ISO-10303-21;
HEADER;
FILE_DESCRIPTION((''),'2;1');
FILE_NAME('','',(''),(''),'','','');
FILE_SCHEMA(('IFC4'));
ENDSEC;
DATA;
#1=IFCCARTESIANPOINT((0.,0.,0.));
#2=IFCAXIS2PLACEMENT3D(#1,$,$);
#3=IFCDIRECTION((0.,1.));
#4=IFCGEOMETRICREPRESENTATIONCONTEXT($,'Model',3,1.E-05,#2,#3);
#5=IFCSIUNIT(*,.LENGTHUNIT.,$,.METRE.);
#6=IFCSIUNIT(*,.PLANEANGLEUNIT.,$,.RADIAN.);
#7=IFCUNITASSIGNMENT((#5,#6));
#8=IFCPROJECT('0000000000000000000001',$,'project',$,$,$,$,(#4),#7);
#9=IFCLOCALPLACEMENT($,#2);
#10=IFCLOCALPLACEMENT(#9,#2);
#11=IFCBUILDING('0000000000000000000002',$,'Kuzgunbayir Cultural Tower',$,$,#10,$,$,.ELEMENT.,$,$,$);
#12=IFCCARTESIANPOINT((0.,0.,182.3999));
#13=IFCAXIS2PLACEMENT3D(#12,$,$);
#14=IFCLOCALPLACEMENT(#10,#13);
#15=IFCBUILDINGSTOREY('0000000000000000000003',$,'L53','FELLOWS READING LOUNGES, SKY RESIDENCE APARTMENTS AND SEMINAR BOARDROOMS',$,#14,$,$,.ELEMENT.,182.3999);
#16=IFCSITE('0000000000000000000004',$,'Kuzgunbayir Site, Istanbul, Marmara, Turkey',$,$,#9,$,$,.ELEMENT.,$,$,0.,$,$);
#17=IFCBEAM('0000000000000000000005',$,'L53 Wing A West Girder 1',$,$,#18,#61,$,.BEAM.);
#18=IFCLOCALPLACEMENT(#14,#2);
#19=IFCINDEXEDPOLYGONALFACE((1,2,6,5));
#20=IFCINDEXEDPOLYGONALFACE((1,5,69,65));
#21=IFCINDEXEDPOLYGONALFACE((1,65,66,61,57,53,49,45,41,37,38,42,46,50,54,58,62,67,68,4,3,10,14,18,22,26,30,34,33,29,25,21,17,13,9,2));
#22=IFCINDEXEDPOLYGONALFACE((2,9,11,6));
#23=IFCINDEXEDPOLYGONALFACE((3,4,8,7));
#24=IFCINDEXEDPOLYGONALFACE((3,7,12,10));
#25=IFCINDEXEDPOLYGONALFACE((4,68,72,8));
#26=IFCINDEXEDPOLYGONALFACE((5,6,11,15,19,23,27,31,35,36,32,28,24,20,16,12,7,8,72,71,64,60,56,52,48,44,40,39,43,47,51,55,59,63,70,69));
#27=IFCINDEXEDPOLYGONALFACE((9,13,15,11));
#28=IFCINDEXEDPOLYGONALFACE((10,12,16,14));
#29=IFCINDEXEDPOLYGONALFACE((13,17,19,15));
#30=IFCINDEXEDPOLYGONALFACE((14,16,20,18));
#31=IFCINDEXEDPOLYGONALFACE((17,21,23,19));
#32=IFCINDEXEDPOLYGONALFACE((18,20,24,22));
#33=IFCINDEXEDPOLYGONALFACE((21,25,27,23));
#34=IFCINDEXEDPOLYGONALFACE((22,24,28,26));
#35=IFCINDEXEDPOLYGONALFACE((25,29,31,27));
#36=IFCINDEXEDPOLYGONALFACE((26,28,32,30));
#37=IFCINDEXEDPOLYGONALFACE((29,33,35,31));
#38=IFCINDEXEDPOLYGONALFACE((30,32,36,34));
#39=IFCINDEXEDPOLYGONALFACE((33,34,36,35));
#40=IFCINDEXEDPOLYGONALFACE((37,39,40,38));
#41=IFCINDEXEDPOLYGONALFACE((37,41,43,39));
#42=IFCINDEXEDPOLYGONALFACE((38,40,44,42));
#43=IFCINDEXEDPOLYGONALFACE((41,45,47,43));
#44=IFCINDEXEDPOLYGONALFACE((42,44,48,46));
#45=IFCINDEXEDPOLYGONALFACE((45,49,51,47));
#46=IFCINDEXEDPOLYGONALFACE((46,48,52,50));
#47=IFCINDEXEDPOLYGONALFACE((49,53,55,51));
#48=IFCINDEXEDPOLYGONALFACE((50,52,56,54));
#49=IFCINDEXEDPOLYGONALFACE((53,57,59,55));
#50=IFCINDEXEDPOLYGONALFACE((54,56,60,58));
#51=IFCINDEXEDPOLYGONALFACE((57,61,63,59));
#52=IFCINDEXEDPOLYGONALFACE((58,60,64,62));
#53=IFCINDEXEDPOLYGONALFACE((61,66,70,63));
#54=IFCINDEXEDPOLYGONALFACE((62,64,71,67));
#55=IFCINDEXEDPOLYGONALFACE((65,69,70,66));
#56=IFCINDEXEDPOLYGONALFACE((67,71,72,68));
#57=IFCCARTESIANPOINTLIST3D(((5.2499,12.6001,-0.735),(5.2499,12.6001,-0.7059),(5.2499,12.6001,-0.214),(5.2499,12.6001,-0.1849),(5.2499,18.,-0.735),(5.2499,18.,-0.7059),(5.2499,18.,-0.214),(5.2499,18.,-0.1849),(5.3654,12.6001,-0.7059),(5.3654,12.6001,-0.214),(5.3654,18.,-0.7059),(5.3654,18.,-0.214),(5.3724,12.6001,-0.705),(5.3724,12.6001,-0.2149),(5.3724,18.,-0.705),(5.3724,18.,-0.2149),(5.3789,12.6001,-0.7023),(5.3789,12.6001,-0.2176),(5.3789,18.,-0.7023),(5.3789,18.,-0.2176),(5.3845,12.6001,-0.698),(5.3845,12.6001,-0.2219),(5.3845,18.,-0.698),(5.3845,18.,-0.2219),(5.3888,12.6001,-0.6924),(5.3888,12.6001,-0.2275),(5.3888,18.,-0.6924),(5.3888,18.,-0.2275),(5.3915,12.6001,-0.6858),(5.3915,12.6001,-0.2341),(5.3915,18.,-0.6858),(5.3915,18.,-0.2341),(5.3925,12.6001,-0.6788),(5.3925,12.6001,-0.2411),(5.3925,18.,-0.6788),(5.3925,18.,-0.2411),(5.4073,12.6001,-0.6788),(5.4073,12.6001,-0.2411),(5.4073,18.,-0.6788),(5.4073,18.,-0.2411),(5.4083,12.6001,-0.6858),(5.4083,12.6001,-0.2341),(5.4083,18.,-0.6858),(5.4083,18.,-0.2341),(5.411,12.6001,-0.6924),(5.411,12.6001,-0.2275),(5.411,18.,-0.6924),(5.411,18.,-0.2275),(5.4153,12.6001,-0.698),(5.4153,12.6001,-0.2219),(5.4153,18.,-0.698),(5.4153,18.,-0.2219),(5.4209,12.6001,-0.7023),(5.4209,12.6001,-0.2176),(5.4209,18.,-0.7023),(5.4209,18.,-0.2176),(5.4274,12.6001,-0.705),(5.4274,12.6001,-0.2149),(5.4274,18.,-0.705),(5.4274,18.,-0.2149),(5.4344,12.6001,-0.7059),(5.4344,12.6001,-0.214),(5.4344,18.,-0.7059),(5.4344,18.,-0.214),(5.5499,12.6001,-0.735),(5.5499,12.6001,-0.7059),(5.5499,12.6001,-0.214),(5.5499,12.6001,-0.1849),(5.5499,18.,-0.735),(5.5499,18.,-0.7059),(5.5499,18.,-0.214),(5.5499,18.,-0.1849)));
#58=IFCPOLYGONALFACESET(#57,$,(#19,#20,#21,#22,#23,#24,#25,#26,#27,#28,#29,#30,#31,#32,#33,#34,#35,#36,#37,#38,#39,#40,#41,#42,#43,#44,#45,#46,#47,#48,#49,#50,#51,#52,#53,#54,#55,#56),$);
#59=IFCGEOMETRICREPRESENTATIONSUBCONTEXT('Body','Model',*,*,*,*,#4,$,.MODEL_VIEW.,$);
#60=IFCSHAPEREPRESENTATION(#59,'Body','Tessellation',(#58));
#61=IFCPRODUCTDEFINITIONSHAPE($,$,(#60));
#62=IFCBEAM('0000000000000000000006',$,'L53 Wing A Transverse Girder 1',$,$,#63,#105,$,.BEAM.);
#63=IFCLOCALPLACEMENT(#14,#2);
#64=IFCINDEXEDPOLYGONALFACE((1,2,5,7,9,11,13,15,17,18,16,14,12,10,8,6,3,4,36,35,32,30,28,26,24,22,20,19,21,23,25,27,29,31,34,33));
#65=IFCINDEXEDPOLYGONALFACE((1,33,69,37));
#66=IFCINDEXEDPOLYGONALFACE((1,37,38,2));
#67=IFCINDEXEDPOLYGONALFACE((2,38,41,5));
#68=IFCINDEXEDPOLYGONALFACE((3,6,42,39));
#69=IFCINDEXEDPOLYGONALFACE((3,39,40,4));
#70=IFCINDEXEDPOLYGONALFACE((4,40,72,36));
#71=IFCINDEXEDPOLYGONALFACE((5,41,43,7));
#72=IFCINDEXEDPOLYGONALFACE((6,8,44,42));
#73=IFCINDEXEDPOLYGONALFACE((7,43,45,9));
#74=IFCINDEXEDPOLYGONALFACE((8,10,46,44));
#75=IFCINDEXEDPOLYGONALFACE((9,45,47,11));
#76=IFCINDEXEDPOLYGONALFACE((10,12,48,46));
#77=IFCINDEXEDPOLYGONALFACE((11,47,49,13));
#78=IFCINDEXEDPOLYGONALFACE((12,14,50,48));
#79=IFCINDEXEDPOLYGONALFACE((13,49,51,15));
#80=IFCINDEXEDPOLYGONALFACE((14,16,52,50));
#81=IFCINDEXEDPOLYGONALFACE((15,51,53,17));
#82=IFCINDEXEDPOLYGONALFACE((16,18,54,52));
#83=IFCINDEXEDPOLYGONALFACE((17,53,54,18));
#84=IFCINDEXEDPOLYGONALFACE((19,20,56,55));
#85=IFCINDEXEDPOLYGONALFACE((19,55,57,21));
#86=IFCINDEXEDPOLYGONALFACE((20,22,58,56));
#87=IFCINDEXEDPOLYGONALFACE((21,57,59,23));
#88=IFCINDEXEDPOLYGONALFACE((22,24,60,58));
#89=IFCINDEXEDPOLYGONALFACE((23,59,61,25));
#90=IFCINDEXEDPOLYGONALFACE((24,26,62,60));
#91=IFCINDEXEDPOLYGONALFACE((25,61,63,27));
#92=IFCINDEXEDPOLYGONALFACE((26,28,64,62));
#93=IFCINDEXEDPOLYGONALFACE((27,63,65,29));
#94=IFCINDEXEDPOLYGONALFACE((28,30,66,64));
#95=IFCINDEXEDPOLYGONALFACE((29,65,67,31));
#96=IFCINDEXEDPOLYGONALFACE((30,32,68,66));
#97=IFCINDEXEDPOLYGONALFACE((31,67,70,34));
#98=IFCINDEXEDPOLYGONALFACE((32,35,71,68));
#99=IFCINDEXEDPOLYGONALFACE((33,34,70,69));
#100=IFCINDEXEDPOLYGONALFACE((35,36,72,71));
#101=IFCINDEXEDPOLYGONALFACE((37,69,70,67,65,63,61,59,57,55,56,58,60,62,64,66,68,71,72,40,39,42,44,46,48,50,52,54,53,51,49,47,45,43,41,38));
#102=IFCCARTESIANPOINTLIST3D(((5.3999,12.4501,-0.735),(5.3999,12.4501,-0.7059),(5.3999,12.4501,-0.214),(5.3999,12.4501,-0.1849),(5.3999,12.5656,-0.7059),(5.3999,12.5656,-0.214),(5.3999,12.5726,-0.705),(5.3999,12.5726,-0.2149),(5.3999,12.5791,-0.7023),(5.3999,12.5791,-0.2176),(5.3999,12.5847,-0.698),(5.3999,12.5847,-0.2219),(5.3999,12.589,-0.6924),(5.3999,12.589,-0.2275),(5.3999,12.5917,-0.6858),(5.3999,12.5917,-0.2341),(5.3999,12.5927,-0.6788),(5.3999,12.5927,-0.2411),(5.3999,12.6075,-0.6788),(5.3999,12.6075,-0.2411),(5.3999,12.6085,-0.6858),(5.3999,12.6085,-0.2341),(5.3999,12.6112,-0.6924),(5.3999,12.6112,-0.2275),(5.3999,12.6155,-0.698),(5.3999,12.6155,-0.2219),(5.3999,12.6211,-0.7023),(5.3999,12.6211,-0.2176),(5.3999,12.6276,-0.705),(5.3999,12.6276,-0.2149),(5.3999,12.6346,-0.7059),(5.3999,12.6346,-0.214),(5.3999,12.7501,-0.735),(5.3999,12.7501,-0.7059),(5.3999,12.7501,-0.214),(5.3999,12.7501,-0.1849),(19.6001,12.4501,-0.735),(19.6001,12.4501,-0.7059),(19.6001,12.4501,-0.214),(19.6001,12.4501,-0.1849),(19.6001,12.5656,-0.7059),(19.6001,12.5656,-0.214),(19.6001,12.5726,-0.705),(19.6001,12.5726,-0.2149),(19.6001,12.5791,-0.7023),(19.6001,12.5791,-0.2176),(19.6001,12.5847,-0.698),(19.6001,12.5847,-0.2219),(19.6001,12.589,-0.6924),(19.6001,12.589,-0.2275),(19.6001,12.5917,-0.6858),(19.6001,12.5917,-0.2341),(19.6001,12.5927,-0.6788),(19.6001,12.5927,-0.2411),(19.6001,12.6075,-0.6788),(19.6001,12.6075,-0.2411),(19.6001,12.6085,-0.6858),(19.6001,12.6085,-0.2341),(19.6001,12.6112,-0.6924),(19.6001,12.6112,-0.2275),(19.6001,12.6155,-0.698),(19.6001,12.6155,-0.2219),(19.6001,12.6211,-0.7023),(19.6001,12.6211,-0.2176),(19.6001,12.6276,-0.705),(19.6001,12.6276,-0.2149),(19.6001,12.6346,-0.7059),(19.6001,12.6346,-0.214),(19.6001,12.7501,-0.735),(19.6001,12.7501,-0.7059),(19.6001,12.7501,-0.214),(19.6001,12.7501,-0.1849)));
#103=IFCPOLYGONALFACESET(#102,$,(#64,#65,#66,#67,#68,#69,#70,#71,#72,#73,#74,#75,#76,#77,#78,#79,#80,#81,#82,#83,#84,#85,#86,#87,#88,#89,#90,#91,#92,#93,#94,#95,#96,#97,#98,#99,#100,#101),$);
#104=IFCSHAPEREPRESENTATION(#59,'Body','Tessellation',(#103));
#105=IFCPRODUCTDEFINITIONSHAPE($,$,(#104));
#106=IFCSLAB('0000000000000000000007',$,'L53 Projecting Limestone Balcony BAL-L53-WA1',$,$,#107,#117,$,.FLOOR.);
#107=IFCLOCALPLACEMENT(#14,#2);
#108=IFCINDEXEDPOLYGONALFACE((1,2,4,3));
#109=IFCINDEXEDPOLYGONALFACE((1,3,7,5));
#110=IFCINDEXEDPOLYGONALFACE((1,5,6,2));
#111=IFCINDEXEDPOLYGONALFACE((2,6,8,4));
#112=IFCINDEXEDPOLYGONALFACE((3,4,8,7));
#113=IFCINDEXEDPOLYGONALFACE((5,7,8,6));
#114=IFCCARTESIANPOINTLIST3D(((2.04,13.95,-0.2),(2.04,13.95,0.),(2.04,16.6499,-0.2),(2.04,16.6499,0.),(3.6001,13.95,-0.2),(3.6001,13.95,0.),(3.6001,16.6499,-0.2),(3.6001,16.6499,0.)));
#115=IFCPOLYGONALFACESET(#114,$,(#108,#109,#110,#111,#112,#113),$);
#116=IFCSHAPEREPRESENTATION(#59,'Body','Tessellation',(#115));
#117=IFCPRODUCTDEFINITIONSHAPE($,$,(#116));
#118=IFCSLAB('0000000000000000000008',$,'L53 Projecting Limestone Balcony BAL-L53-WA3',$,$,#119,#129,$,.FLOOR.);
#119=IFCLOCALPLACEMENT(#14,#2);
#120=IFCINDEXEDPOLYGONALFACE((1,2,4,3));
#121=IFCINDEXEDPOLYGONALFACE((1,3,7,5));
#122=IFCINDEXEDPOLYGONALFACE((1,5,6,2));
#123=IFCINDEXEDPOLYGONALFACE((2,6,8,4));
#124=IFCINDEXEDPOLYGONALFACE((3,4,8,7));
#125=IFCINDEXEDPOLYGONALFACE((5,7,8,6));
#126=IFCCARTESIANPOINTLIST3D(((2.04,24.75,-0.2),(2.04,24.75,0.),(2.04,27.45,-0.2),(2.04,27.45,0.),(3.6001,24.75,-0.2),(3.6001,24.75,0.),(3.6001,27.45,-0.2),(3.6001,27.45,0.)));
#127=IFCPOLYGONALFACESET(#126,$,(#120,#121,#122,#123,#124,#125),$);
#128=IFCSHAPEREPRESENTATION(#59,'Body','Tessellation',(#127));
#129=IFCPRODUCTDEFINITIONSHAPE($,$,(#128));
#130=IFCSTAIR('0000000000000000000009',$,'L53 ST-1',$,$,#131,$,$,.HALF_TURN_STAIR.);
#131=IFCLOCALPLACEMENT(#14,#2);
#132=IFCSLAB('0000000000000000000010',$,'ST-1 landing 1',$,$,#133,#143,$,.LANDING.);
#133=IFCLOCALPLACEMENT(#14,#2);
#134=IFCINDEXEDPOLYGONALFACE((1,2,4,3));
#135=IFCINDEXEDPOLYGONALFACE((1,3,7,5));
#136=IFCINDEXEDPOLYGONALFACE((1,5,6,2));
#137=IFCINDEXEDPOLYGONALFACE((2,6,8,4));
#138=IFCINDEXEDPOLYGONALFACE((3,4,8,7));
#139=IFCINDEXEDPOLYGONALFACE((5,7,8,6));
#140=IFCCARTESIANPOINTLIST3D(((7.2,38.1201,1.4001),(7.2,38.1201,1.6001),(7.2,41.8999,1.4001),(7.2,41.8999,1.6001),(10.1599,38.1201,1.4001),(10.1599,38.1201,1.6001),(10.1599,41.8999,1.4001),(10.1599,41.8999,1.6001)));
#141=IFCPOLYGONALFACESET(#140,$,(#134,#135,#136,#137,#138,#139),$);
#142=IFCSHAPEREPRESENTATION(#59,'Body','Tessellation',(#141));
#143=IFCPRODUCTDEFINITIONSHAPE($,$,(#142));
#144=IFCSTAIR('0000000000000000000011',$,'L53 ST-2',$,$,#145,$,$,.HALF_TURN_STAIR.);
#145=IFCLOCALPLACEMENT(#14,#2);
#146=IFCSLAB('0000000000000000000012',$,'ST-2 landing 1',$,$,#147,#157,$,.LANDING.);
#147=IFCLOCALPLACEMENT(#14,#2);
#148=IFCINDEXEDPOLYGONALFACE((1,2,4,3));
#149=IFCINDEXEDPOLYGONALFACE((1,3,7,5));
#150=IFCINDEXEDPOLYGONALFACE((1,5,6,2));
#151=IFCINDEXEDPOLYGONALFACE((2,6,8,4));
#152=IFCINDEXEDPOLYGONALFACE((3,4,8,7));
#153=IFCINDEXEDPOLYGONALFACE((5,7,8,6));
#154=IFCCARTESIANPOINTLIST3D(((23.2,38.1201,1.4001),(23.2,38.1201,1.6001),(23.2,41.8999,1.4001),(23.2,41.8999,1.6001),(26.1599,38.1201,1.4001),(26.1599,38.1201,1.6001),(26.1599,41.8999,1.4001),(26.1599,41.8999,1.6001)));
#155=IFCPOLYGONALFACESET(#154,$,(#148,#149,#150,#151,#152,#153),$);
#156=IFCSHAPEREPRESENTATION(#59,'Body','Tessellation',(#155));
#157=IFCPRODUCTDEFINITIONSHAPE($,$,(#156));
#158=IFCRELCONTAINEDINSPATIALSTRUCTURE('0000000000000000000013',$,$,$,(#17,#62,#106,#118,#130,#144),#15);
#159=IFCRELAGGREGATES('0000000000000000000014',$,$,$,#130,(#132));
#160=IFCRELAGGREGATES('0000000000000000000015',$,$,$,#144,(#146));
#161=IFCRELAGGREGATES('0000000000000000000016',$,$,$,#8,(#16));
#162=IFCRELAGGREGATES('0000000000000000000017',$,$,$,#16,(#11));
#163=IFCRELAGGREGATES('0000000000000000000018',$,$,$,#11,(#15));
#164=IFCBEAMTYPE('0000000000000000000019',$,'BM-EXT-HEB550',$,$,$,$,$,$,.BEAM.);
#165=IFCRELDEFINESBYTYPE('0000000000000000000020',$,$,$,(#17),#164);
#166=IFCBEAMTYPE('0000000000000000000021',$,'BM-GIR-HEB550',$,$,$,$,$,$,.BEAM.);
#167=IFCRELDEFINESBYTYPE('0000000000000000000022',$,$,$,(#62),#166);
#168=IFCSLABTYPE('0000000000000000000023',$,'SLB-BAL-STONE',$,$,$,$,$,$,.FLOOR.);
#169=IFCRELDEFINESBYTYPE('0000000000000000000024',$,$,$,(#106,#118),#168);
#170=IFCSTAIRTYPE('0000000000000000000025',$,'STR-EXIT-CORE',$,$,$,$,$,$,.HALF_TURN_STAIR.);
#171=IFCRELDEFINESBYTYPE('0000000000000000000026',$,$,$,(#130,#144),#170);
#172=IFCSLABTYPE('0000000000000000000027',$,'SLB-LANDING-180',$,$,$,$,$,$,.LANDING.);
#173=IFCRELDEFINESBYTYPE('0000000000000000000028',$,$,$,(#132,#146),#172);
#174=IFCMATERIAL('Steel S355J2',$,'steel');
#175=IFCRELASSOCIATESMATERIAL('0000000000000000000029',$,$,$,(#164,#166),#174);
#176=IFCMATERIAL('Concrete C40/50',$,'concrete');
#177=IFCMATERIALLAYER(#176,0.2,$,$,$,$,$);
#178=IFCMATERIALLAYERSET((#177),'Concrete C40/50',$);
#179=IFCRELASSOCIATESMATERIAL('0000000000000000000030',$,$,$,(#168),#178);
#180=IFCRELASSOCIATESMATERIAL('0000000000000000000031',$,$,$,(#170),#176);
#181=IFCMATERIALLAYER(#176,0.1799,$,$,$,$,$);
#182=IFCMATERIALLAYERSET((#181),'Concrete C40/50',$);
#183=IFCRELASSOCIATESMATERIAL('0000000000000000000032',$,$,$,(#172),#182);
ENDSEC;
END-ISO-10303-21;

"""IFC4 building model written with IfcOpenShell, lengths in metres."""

from ifc_helpers import new_model, si_unit, direction, frame, origin, origin_2d, place, context, subcontext, project, spatial, polyline, i_section, outline, extrude, material, layer, layer_set, material_profile, profile_set, type_object, element, aggregate, save


model = new_model("IFC4")

# Units and contexts
model_context = context("Model", 3, precision=1e-05, world=origin(), true_north=direction((0.0, 1.0)))
body_context = subcontext(model_context, "Body", "Model", "MODEL_VIEW")
ifc_project = project(units=[si_unit("LENGTHUNIT", "METRE"), si_unit("PLANEANGLEUNIT", "RADIAN")], contexts=[model_context])

# Site, building, storey
site_placement = place(None, origin())
site = spatial("IfcSite", under=ifc_project, at=site_placement, Name="Kuzgunbayir Site, Istanbul, Marmara, Turkey", CompositionType="ELEMENT", RefElevation=0.0)
building_placement = place(site_placement, origin())
building = spatial("IfcBuilding", under=site, at=building_placement, Name="Kuzgunbayir Cultural Tower", CompositionType="ELEMENT")
storey_placement = place(building_placement, frame((0.0, 0.0, 182.3999)))
storey = spatial("IfcBuildingStorey", under=building, at=storey_placement, Name="L53", Description="FELLOWS READING LOUNGES, SKY RESIDENCE APARTMENTS AND SEMINAR BOARDROOMS", CompositionType="ELEMENT", Elevation=182.3999)

# Beams
ifc_material_1 = material(Name="Steel S355J2", Category="steel")
ifc_material_profile_1 = material_profile(ifc_material_1, i_section(OverallWidth=0.3, OverallDepth=0.55, WebThickness=0.0149, FlangeThickness=0.0291, FilletRadius=0.0271, at=origin_2d()), Name="HEB 550")
ifc_profile_set_1 = profile_set([ifc_material_profile_1], Name="Steel S355J2")
beam_type_1 = type_object("IfcBeamType", Name="BM-EXT-HEB550", PredefinedType="BEAM", material=ifc_profile_set_1)
beam_1_placement = place(storey_placement, frame((5.3999, 12.6001, -0.46), z_axis=(0.0, 1.0, 0.0), x_axis=(-1.0, 0.0, 0.0)))
element("IfcBeam", 1, at=beam_1_placement, inside=storey, type_object=beam_type_1, Name="L53 Wing A West Girder 1", PredefinedType="BEAM", context=body_context, shape_type="SweptSolid", body=[
    extrude(i_section(OverallWidth=0.3, OverallDepth=0.55, WebThickness=0.0149, FlangeThickness=0.0291, FilletRadius=0.0271, at=origin_2d()), origin(), (0.0, 0.0, 1.0), 5.3999),
])
ifc_material_profile_2 = material_profile(ifc_material_1, i_section(OverallWidth=0.3, OverallDepth=0.55, WebThickness=0.0149, FlangeThickness=0.0291, FilletRadius=0.0271, at=origin_2d()), Name="HEB 550")
ifc_profile_set_2 = profile_set([ifc_material_profile_2], Name="Steel S355J2")
beam_type_2 = type_object("IfcBeamType", Name="BM-GIR-HEB550", PredefinedType="BEAM", material=ifc_profile_set_2)
beam_2_placement = place(storey_placement, frame((5.3999, 12.6001, -0.46), z_axis=(1.0, 0.0, 0.0), x_axis=(0.0, 1.0, 0.0)))
element("IfcBeam", 2, at=beam_2_placement, inside=storey, type_object=beam_type_2, Name="L53 Wing A Transverse Girder 1", PredefinedType="BEAM", context=body_context, shape_type="SweptSolid", body=[
    extrude(i_section(OverallWidth=0.3, OverallDepth=0.55, WebThickness=0.0149, FlangeThickness=0.0291, FilletRadius=0.0271, at=origin_2d()), origin(), (0.0, 0.0, 1.0), 14.2002),
])

# Slabs
ifc_material_2 = material(Name="Concrete C40/50", Category="concrete")
ifc_layer_1 = layer(ifc_material_2, 0.2)
ifc_layer_set_1 = layer_set([ifc_layer_1], Name="Concrete C40/50")
slab_type_1 = type_object("IfcSlabType", Name="SLB-BAL-STONE", PredefinedType="FLOOR", material=ifc_layer_set_1)
slab_1_placement = place(storey_placement, frame((0.0, 0.0, -0.2)))
element("IfcSlab", 3, at=slab_1_placement, inside=storey, type_object=slab_type_1, Name="L53 Projecting Limestone Balcony BAL-L53-WA1", PredefinedType="FLOOR", context=body_context, shape_type="SweptSolid", body=[
    extrude(outline(polyline([(2.04, 13.95), (3.6001, 13.95), (3.6001, 16.6499), (2.04, 16.6499), (2.04, 13.95)])), origin(), (0.0, 0.0, 1.0), 0.2),
])
slab_2_placement = place(storey_placement, frame((0.0, 0.0, -0.2)))
element("IfcSlab", 4, at=slab_2_placement, inside=storey, type_object=slab_type_1, Name="L53 Projecting Limestone Balcony BAL-L53-WA3", PredefinedType="FLOOR", context=body_context, shape_type="SweptSolid", body=[
    extrude(outline(polyline([(2.04, 24.75), (3.6001, 24.75), (3.6001, 27.45), (2.04, 27.45), (2.04, 24.75)])), origin(), (0.0, 0.0, 1.0), 0.2),
])

# Stairs, slabs
stair_type = type_object("IfcStairType", Name="STR-EXIT-CORE", PredefinedType="HALF_TURN_STAIR", material=ifc_material_2)
stair_1_placement = place(storey_placement, origin())
stair_1 = element("IfcStair", 5, at=stair_1_placement, inside=storey, type_object=stair_type, Name="L53 ST-1", PredefinedType="HALF_TURN_STAIR")
ifc_layer_2 = layer(ifc_material_2, 0.1799)
ifc_layer_set_2 = layer_set([ifc_layer_2], Name="Concrete C40/50")
slab_type_2 = type_object("IfcSlabType", Name="SLB-LANDING-180", PredefinedType="LANDING", material=ifc_layer_set_2)
slab_3_placement = place(storey_placement, frame((0.0, 0.0, 1.4001)))
slab_3 = element("IfcSlab", 6, at=slab_3_placement, type_object=slab_type_2, Name="ST-1 landing 1", PredefinedType="LANDING", context=body_context, shape_type="SweptSolid", body=[
    extrude(outline(polyline([(10.1599, 38.1201), (10.1599, 41.8999), (7.2, 41.8999), (7.2, 38.1201), (10.1599, 38.1201)])), origin(), (0.0, 0.0, 1.0), 0.2),
])
aggregate(stair_1, [slab_3])
stair_2_placement = place(storey_placement, origin())
stair_2 = element("IfcStair", 7, at=stair_2_placement, inside=storey, type_object=stair_type, Name="L53 ST-2", PredefinedType="HALF_TURN_STAIR")
slab_4_placement = place(storey_placement, frame((0.0, 0.0, 1.4001)))
slab_4 = element("IfcSlab", 8, at=slab_4_placement, type_object=slab_type_2, Name="ST-2 landing 1", PredefinedType="LANDING", context=body_context, shape_type="SweptSolid", body=[
    extrude(outline(polyline([(26.1599, 38.1201), (26.1599, 41.8999), (23.2, 41.8999), (23.2, 38.1201), (26.1599, 38.1201)])), origin(), (0.0, 0.0, 1.0), 0.2),
])
aggregate(stair_2, [slab_4])

save(model, "model.ifc")
